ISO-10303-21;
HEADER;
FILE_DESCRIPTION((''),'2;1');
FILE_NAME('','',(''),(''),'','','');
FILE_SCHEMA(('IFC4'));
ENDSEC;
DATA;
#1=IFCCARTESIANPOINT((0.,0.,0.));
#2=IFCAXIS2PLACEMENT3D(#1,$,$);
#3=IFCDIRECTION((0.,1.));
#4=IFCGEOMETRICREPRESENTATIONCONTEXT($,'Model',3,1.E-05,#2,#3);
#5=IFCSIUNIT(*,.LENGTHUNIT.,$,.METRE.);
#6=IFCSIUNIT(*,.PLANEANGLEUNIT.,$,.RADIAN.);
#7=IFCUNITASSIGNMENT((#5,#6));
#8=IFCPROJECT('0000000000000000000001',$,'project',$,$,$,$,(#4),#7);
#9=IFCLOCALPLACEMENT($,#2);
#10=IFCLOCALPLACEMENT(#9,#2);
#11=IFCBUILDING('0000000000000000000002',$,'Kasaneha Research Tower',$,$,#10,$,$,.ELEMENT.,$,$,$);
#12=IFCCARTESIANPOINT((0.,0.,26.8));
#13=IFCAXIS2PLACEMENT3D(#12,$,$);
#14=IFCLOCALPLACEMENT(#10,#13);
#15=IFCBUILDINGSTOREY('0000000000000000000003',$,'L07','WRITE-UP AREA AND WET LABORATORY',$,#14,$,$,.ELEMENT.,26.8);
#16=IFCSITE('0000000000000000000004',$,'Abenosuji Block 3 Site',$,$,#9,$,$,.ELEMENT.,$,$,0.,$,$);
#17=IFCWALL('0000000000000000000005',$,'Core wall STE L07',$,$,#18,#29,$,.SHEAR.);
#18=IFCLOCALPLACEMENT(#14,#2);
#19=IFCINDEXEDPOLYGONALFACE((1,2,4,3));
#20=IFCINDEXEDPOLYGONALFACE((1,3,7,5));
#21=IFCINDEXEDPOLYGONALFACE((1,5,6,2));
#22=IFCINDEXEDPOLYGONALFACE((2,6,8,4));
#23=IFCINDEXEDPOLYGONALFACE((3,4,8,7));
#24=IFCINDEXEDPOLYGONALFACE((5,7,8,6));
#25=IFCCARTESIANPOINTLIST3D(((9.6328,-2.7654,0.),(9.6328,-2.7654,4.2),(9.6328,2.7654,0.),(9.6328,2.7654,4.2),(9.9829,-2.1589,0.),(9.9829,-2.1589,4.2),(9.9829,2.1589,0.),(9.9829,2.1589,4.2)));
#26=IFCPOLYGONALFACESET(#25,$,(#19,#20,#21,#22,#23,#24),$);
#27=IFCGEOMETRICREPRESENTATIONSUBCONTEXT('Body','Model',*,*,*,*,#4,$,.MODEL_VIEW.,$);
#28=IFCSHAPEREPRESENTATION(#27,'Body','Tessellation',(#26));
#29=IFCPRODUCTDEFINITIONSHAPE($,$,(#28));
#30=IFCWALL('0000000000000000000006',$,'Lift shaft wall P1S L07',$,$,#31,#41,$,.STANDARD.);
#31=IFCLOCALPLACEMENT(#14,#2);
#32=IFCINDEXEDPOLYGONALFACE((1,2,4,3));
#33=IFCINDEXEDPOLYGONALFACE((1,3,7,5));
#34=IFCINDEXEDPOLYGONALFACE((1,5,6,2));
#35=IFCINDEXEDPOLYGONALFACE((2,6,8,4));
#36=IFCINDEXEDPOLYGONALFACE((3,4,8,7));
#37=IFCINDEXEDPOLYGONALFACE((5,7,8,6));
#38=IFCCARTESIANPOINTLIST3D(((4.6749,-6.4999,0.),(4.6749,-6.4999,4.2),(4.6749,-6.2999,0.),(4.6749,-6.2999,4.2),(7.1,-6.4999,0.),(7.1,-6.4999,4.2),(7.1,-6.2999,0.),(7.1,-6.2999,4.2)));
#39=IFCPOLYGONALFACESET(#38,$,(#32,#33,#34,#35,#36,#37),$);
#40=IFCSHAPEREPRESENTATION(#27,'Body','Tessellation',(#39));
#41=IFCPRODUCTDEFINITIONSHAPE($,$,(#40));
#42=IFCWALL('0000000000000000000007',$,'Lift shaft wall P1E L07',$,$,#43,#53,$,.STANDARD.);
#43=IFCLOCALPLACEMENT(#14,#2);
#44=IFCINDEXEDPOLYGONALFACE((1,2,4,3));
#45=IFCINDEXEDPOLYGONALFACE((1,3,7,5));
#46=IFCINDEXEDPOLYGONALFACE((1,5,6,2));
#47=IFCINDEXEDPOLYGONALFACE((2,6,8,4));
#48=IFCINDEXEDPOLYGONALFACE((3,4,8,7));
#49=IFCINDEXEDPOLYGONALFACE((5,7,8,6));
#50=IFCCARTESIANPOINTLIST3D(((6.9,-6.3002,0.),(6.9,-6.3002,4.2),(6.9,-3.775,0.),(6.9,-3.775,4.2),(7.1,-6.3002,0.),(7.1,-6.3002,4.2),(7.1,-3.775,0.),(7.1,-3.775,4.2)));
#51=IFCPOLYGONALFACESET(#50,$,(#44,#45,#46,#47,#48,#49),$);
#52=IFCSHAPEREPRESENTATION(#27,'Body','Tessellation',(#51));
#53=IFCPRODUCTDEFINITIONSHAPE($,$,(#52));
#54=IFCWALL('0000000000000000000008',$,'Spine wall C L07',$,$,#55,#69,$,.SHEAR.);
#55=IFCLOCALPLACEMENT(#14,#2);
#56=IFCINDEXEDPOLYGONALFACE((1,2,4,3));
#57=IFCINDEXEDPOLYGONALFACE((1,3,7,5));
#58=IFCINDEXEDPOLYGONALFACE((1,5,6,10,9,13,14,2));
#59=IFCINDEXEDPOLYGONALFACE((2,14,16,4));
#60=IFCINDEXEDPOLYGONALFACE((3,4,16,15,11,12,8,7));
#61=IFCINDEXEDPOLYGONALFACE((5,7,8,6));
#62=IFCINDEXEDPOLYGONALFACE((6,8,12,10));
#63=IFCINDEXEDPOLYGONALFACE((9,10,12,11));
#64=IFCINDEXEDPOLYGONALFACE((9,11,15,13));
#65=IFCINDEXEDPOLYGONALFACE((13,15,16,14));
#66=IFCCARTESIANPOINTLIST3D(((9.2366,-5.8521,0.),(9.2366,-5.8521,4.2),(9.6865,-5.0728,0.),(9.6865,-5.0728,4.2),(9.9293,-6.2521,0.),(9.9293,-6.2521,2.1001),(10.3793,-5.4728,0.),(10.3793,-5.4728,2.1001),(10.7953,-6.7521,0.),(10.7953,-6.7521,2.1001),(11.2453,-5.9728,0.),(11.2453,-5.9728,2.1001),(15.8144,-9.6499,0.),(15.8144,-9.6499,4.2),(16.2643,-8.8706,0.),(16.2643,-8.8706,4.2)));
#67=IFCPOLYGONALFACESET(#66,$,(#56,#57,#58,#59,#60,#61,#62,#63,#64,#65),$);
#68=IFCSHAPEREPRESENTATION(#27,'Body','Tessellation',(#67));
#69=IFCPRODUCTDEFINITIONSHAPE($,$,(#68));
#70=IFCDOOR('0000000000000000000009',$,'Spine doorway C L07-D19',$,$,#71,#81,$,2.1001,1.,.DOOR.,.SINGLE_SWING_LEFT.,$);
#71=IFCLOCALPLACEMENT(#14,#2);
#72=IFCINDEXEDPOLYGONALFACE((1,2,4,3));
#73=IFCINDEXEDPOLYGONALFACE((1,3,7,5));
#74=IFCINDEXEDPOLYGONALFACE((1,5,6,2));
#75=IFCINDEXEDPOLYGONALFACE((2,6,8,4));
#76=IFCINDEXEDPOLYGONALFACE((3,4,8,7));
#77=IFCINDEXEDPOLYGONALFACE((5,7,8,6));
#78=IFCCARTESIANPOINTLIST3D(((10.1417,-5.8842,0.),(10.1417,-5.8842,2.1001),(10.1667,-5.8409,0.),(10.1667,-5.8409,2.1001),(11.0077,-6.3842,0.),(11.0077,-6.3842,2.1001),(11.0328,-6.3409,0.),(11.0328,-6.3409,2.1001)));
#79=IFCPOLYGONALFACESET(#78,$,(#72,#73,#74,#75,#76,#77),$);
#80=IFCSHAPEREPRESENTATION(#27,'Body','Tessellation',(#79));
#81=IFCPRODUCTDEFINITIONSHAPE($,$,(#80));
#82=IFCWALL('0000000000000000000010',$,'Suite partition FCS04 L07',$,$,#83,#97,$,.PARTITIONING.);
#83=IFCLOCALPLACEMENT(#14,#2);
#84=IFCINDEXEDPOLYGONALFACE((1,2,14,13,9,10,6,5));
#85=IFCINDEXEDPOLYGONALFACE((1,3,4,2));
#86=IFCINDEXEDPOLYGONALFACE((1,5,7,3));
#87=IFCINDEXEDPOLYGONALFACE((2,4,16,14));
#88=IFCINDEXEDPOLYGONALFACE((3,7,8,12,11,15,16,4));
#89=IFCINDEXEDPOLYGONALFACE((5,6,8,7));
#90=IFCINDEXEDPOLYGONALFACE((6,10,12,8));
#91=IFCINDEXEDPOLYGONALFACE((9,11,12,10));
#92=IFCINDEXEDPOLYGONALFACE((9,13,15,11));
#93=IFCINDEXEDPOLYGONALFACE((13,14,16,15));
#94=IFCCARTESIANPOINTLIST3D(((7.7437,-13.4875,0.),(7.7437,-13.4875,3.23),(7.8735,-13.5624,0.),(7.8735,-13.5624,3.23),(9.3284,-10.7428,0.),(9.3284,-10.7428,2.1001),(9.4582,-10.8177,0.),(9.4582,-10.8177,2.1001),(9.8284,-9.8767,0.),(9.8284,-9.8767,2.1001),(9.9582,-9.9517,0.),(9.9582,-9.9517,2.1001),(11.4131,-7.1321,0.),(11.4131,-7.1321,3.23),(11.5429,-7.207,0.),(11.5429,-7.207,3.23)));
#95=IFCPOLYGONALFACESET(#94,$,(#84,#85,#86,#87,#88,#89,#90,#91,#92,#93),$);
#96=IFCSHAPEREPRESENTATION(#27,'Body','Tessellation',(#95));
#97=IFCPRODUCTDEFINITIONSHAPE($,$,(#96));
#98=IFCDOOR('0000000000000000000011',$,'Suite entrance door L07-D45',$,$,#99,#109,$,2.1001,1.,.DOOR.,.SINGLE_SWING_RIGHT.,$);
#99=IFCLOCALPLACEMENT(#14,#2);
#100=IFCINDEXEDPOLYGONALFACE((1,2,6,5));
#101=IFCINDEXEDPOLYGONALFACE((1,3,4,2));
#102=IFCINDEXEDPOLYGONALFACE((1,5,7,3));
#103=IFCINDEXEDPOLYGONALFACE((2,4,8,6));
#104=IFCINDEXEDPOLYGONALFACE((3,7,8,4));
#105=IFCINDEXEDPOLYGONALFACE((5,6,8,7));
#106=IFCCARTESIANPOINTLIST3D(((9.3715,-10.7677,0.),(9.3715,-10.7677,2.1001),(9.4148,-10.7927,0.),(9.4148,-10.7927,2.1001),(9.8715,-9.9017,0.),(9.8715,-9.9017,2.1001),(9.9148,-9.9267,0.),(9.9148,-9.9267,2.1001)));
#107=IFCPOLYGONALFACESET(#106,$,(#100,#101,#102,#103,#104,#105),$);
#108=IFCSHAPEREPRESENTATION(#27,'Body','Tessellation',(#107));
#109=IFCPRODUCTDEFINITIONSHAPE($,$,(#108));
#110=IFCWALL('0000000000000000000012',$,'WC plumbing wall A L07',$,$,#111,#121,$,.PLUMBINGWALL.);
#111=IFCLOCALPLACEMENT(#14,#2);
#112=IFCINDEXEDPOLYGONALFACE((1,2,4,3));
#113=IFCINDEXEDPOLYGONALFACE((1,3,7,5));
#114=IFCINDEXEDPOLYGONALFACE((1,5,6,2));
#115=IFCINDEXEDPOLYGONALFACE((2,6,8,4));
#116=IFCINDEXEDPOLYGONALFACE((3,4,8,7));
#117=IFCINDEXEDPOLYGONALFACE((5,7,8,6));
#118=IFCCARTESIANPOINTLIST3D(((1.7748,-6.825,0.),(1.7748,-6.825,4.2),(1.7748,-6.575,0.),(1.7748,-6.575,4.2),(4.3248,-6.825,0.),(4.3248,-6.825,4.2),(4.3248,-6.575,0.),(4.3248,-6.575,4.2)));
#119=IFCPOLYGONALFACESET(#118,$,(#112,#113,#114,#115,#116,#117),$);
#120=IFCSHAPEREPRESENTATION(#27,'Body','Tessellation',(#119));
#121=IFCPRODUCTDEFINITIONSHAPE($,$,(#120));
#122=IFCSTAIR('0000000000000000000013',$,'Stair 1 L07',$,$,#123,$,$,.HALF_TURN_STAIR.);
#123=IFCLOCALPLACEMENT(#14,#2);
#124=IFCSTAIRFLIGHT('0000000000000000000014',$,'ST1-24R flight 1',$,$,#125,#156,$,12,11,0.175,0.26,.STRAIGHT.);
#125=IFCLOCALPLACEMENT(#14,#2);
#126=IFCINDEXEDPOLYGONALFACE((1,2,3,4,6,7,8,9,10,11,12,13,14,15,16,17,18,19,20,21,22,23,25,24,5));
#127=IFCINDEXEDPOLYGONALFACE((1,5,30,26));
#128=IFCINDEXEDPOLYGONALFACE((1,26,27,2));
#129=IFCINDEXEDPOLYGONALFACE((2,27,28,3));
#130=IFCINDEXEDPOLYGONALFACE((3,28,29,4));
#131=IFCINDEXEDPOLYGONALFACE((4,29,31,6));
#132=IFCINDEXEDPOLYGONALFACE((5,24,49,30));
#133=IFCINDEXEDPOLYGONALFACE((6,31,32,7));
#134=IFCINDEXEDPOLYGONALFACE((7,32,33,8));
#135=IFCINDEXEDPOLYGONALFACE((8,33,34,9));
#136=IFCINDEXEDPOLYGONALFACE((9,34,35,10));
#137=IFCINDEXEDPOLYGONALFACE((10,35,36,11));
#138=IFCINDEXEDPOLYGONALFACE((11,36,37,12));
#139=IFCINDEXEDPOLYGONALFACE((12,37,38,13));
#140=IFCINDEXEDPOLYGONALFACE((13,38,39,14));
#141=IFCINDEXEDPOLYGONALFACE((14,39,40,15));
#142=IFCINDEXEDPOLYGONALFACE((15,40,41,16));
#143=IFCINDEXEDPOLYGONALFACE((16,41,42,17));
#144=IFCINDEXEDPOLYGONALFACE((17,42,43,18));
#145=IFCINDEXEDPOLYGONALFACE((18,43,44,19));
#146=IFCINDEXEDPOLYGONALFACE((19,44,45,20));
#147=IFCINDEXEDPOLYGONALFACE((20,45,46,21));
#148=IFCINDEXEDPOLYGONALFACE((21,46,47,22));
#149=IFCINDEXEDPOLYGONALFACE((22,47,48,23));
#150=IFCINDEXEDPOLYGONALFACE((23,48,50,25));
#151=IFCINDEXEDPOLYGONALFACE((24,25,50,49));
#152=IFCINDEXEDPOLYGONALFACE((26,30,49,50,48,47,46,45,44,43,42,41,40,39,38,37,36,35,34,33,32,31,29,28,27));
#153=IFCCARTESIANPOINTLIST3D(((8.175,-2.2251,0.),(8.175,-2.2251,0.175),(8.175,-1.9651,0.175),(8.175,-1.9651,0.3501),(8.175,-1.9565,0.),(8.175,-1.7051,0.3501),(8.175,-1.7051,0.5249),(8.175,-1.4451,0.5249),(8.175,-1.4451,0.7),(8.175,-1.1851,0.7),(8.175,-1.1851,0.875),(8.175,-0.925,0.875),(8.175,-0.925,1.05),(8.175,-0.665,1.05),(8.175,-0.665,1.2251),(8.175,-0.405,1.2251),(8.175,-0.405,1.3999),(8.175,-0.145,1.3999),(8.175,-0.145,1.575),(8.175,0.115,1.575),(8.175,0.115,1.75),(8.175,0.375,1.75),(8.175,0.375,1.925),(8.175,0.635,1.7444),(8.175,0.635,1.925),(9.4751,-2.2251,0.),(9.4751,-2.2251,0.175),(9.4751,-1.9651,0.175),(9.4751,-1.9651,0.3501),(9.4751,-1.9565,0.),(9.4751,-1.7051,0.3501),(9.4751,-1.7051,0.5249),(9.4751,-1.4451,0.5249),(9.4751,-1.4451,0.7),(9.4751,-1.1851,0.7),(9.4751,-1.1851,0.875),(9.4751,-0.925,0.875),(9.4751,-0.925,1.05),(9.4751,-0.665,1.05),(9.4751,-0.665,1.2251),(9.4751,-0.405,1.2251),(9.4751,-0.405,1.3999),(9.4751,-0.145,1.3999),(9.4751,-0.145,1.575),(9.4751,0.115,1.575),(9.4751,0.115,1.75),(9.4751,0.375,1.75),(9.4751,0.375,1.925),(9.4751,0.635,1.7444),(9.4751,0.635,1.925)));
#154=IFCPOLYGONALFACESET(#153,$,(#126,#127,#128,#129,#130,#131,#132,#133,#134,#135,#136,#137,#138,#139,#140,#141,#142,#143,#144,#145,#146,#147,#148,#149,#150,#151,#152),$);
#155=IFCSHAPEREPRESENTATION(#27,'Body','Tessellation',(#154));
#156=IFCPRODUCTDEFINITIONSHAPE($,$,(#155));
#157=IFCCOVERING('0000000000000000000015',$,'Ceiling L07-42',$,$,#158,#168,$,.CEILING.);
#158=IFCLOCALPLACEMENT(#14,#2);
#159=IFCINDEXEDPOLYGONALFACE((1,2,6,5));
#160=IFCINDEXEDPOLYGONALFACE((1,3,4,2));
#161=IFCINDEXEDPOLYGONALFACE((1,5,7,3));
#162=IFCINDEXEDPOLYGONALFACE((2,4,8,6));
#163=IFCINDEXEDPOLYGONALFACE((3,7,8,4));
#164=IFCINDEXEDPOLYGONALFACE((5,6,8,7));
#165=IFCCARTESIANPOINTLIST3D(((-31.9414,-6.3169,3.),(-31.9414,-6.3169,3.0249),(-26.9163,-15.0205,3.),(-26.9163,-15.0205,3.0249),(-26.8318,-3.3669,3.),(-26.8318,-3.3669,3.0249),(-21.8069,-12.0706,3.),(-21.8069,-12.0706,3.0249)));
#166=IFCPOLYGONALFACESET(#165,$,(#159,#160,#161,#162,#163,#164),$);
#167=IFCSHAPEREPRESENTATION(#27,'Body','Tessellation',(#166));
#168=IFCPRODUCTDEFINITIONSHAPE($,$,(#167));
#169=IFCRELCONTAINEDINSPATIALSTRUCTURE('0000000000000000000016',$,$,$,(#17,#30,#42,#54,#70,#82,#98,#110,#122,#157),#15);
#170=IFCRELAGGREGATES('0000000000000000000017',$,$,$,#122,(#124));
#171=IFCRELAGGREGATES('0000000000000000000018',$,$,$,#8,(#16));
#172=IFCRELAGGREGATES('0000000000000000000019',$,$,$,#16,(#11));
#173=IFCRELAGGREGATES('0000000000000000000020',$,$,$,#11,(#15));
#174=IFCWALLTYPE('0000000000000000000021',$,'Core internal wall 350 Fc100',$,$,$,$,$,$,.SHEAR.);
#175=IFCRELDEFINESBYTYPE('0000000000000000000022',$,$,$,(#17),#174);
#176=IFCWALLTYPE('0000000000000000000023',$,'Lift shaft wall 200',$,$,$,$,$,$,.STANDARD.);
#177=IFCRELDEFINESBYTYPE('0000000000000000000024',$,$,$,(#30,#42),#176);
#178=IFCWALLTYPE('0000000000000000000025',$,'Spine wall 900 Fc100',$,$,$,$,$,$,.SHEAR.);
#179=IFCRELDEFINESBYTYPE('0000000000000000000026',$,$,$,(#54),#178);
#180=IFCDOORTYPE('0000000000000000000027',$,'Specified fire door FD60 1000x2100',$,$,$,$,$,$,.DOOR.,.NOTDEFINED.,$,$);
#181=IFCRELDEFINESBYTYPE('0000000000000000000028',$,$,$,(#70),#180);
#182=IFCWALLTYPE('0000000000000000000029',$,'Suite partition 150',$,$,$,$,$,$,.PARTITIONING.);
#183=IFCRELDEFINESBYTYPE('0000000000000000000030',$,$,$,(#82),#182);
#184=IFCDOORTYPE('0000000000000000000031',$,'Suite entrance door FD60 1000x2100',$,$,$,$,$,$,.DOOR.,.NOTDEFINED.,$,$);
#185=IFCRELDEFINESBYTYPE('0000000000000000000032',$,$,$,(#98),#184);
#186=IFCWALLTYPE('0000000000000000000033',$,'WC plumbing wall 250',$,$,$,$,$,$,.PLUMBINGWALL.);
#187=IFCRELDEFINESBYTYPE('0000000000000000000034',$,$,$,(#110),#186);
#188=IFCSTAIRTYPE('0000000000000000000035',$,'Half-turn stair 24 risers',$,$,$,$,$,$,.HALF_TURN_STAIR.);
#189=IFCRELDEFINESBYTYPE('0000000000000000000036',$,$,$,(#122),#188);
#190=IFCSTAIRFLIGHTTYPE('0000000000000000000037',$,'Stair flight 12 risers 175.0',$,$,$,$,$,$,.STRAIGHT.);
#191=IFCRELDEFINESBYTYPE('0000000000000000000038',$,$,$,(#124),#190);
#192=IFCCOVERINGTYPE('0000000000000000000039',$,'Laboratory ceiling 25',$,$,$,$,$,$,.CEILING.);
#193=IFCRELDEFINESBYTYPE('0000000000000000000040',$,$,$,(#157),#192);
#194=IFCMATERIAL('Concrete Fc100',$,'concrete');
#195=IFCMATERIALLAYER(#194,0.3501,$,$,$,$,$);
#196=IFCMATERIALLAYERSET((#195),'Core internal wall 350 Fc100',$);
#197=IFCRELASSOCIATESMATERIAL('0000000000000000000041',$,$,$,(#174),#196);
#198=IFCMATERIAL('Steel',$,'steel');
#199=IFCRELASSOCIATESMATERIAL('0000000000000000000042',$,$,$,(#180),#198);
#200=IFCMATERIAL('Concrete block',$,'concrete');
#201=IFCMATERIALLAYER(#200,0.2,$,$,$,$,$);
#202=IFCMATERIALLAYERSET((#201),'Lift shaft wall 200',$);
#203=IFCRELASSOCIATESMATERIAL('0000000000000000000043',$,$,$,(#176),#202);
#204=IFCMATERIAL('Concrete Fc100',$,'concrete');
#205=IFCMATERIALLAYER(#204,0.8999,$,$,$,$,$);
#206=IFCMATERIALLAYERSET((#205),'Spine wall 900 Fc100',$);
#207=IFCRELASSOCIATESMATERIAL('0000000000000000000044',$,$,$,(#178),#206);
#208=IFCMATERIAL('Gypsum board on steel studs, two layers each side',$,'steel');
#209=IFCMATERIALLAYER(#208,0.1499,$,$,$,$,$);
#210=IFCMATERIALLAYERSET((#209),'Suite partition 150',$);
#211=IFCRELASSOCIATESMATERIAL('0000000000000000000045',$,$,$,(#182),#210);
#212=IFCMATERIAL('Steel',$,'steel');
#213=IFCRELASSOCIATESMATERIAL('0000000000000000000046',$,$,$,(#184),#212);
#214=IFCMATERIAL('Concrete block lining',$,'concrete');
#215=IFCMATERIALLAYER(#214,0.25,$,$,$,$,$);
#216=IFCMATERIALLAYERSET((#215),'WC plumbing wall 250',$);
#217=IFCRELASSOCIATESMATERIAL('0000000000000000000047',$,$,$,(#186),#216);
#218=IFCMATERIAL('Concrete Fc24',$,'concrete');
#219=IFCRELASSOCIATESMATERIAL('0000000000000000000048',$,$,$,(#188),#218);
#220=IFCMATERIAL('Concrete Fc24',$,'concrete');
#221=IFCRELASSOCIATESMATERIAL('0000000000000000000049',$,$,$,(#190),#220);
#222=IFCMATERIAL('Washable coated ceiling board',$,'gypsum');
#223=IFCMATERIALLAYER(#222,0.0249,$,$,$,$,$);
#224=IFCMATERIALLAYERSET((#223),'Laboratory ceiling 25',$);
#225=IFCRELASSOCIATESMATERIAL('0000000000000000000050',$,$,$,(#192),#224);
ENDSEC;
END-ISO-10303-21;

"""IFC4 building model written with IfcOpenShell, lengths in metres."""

from ifc_helpers import new_model, si_unit, direction, frame, frame_2d, origin, place, context, subcontext, project, spatial, polyline, rectangle, outline, extrude, material, layer, layer_set, type_object, element, fill, aggregate, save


model = new_model("IFC4")

# Units and contexts
model_context = context("Model", 3, precision=1e-05, world=origin(), true_north=direction((0.0, 1.0)))
body_context = subcontext(model_context, "Body", "Model", "MODEL_VIEW")
ifc_project = project(units=[si_unit("LENGTHUNIT", "METRE"), si_unit("PLANEANGLEUNIT", "RADIAN")], contexts=[model_context])

# Site, building, storey
site_placement = place(None, origin())
site = spatial("IfcSite", under=ifc_project, at=site_placement, Name="Abenosuji Block 3 Site", CompositionType="ELEMENT", RefElevation=0.0)
building_placement = place(site_placement, origin())
building = spatial("IfcBuilding", under=site, at=building_placement, Name="Kasaneha Research Tower", CompositionType="ELEMENT")
storey_placement = place(building_placement, frame((0.0, 0.0, 26.8)))
storey = spatial("IfcBuildingStorey", under=building, at=storey_placement, Name="L07", Description="WRITE-UP AREA AND WET LABORATORY", CompositionType="ELEMENT", Elevation=26.8)

# Shared definitions
ifc_material_1 = material(Name="Concrete Fc100", Category="concrete")
ifc_layer_1 = layer(ifc_material_1, 0.3501)
ifc_layer_set_1 = layer_set([ifc_layer_1], Name="Core internal wall 350 Fc100")
wall_type_1 = type_object("IfcWallType", Name="Core internal wall 350 Fc100", PredefinedType="SHEAR", material=ifc_layer_set_1)
ifc_material_2 = material(Name="Steel", Category="steel")
door_type_1 = type_object("IfcDoorType", Name="Specified fire door FD60 1000x2100", OperationType="NOTDEFINED", PredefinedType="DOOR", material=ifc_material_2)

# Walls
wall_1_placement = place(storey_placement, frame((9.8079, -2.4622, 0.0), z_axis=(0.0, 0.0, 1.0), x_axis=(0.0, 1.0, 0.0)))
element("IfcWall", 1, at=wall_1_placement, inside=storey, type_object=wall_type_1, Name="Core wall STE L07", PredefinedType="SHEAR", context=body_context, shape_type="SweptSolid", body=[
    extrude(outline(polyline([(0.3032, -0.175), (4.6211, -0.175), (5.2275, 0.175), (-0.3032, 0.175), (0.3032, -0.175)])), origin(), (0.0, 0.0, 1.0), 4.2),
])
ifc_material_3 = material(Name="Concrete block", Category="concrete")
ifc_layer_2 = layer(ifc_material_3, 0.2)
ifc_layer_set_2 = layer_set([ifc_layer_2], Name="Lift shaft wall 200")
wall_type_2 = type_object("IfcWallType", Name="Lift shaft wall 200", PredefinedType="STANDARD", material=ifc_layer_set_2)
wall_2_placement = place(storey_placement, frame((4.675, -6.3999, 0.0), z_axis=(0.0, 0.0, 1.0), x_axis=(1.0, 0.0, 0.0)))
element("IfcWall", 2, at=wall_2_placement, inside=storey, type_object=wall_type_2, Name="Lift shaft wall P1S L07", PredefinedType="STANDARD", context=body_context, shape_type="SweptSolid", body=[
    extrude(rectangle(XDim=2.425, YDim=0.2, at=frame_2d((1.2124, 0.0))), origin(), (0.0, 0.0, 1.0), 4.2),
])
wall_3_placement = place(storey_placement, frame((7.0, -3.7749, 0.0), z_axis=(0.0, 0.0, 1.0), x_axis=(0.0, -1.0, 0.0)))
element("IfcWall", 3, at=wall_3_placement, inside=storey, type_object=wall_type_2, Name="Lift shaft wall P1E L07", PredefinedType="STANDARD", context=body_context, shape_type="SweptSolid", body=[
    extrude(rectangle(XDim=2.5251, YDim=0.2, at=frame_2d((1.2627, 0.0))), origin(), (0.0, 0.0, 1.0), 4.2),
])

# Walls, openings, doors
ifc_material_4 = material(Name="Concrete Fc100", Category="concrete")
ifc_layer_3 = layer(ifc_material_4, 0.8999)
ifc_layer_set_3 = layer_set([ifc_layer_3], Name="Spine wall 900 Fc100")
wall_type_3 = type_object("IfcWallType", Name="Spine wall 900 Fc100", PredefinedType="SHEAR", material=ifc_layer_set_3)
wall_4_placement = place(storey_placement, frame((9.4614, -5.4624, 0.0), z_axis=(0.0, 0.0, 1.0), x_axis=(0.866019, -0.500011, 0.0)))
wall_4 = element("IfcWall", 4, at=wall_4_placement, inside=storey, type_object=wall_type_3, Name="Spine wall C L07", PredefinedType="SHEAR", context=body_context, shape_type="SweptSolid", body=[
    extrude(rectangle(XDim=7.5955, YDim=0.8999, at=frame_2d((3.7979, 0.0))), origin(), (0.0, 0.0, 1.0), 4.2),
])
opening_1_placement = place(wall_4_placement, frame((0.8, 0.0, 0.0)))
opening_1 = element("IfcOpeningElement", 5, at=opening_1_placement, cuts=wall_4, PredefinedType="OPENING", context=body_context, shape_type="SweptSolid", body=[
    extrude(rectangle(XDim=1.0, YDim=2.1001, at=frame_2d((0.5, 1.05))), frame((0.0, 0.46, 0.0), z_axis=(0.0, -1.0, 0.0), x_axis=(1.0, 0.0, 0.0)), (0.0, 0.0, 1.0), 0.9199),
])
door_1_placement = place(opening_1_placement, origin())
door_1 = element("IfcDoor", 6, at=door_1_placement, inside=storey, type_object=door_type_1, Name="Spine doorway C L07-D19", OperationType="SINGLE_SWING_LEFT", OverallHeight=2.1001, OverallWidth=1.0, PredefinedType="DOOR", context=body_context, shape_type="SweptSolid", body=[
    extrude(rectangle(XDim=1.0, YDim=2.1001, at=frame_2d((0.5, 1.05))), frame((0.0, 0.0249, 0.0), z_axis=(0.0, -1.0, 0.0), x_axis=(1.0, 0.0, 0.0)), (0.0, 0.0, 1.0), 0.05),
])
fill(opening_1, door_1)
ifc_material_5 = material(Name="Gypsum board on steel studs, two layers each side", Category="steel")
ifc_layer_4 = layer(ifc_material_5, 0.1499)
ifc_layer_set_4 = layer_set([ifc_layer_4], Name="Suite partition 150")
wall_type_4 = type_object("IfcWallType", Name="Suite partition 150", PredefinedType="PARTITIONING", material=ifc_layer_set_4)
wall_5_placement = place(storey_placement, frame((11.478, -7.1694, 0.0), z_axis=(0.0, 0.0, 1.0), x_axis=(-0.50001, -0.866019, 0.0)))
wall_5 = element("IfcWall", 7, at=wall_5_placement, inside=storey, type_object=wall_type_4, Name="Suite partition FCS04 L07", PredefinedType="PARTITIONING", context=body_context, shape_type="SweptSolid", body=[
    extrude(rectangle(XDim=7.3386, YDim=0.1499, at=frame_2d((3.6694, 0.0))), origin(), (0.0, 0.0, 1.0), 3.23),
])
opening_2_placement = place(wall_5_placement, frame((3.1694, 0.0, 0.0)))
opening_2 = element("IfcOpeningElement", 8, at=opening_2_placement, cuts=wall_5, PredefinedType="OPENING", context=body_context, shape_type="SweptSolid", body=[
    extrude(rectangle(XDim=1.0, YDim=2.1001, at=frame_2d((0.5, 1.05))), frame((0.0, 0.085, 0.0), z_axis=(0.0, -1.0, 0.0), x_axis=(1.0, 0.0, 0.0)), (0.0, 0.0, 1.0), 0.1699),
])
ifc_material_6 = material(Name="Steel", Category="steel")
door_type_2 = type_object("IfcDoorType", Name="Suite entrance door FD60 1000x2100", OperationType="NOTDEFINED", PredefinedType="DOOR", material=ifc_material_6)
door_2_placement = place(opening_2_placement, origin())
door_2 = element("IfcDoor", 9, at=door_2_placement, inside=storey, type_object=door_type_2, Name="Suite entrance door L07-D45", OperationType="SINGLE_SWING_RIGHT", OverallHeight=2.1001, OverallWidth=1.0, PredefinedType="DOOR", context=body_context, shape_type="SweptSolid", body=[
    extrude(rectangle(XDim=1.0, YDim=2.1001, at=frame_2d((0.5, 1.05))), frame((0.0, 0.0249, 0.0), z_axis=(0.0, -1.0, 0.0), x_axis=(1.0, 0.0, 0.0)), (0.0, 0.0, 1.0), 0.05),
])
fill(opening_2, door_2)

# Wall
ifc_material_7 = material(Name="Concrete block lining", Category="concrete")
ifc_layer_5 = layer(ifc_material_7, 0.25)
ifc_layer_set_5 = layer_set([ifc_layer_5], Name="WC plumbing wall 250")
wall_type_5 = type_object("IfcWallType", Name="WC plumbing wall 250", PredefinedType="PLUMBINGWALL", material=ifc_layer_set_5)
wall_6_placement = place(storey_placement, frame((1.7749, -6.7, 0.0), z_axis=(0.0, 0.0, 1.0), x_axis=(1.0, 0.0, 0.0)))
element("IfcWall", 10, at=wall_6_placement, inside=storey, type_object=wall_type_5, Name="WC plumbing wall A L07", PredefinedType="PLUMBINGWALL", context=body_context, shape_type="SweptSolid", body=[
    extrude(rectangle(XDim=2.55, YDim=0.25, at=frame_2d((1.2749, 0.0))), origin(), (0.0, 0.0, 1.0), 4.2),
])

# Stair, stair flight
ifc_material_8 = material(Name="Concrete Fc24", Category="concrete")
stair_type = type_object("IfcStairType", Name="Half-turn stair 24 risers", PredefinedType="HALF_TURN_STAIR", material=ifc_material_8)
stair_placement = place(storey_placement, origin())
stair = element("IfcStair", 11, at=stair_placement, inside=storey, type_object=stair_type, Name="Stair 1 L07", PredefinedType="HALF_TURN_STAIR")
ifc_material_9 = material(Name="Concrete Fc24", Category="concrete")
stair_flight_type = type_object("IfcStairFlightType", Name="Stair flight 12 risers 175.0", PredefinedType="STRAIGHT", material=ifc_material_9)
stair_flight_placement = place(storey_placement, frame((8.825, -2.2251, 0.0), z_axis=(0.0, 0.0, 1.0), x_axis=(0.0, 1.0, 0.0)))
stair_flight = element("IfcStairFlight", 12, at=stair_flight_placement, type_object=stair_flight_type, Name="ST1-24R flight 1", NumberOfRisers=12, NumberOfTreads=11, PredefinedType="STRAIGHT", RiserHeight=0.175, TreadLength=0.26, context=body_context, shape_type="SweptSolid", body=[
    extrude(outline(polyline([(0.0, 0.0), (0.0, 0.175), (0.26, 0.175), (0.26, 0.3501), (0.52, 0.3501), (0.52, 0.5249), (0.78, 0.5249), (0.78, 0.7), (1.04, 0.7), (1.04, 0.875), (1.3, 0.875), (1.3, 1.05), (1.5601, 1.05), (1.5601, 1.2251), (1.8201, 1.2251), (1.8201, 1.3999), (2.0801, 1.3999), (2.0801, 1.575), (2.3401, 1.575), (2.3401, 1.75), (2.6001, 1.75), (2.6001, 1.925), (2.8601, 1.925), (2.8601, 2.1001), (2.8601, 1.7444), (0.2686, 0.0), (0.0, 0.0)])), frame((0.0, 0.6499, 0.0), z_axis=(0.0, -1.0, 0.0), x_axis=(1.0, 0.0, 0.0)), (0.0, 0.0, 1.0), 1.3),
])
aggregate(stair, [stair_flight])

# Covering
ifc_material_10 = material(Name="Washable coated ceiling board", Category="gypsum")
ifc_layer_6 = layer(ifc_material_10, 0.0249)
ifc_layer_set_6 = layer_set([ifc_layer_6], Name="Laboratory ceiling 25")
covering_type = type_object("IfcCoveringType", Name="Laboratory ceiling 25", PredefinedType="CEILING", material=ifc_layer_set_6)
covering_1_placement = place(storey_placement, frame((0.0, 0.0, 3.0)))
element("IfcCovering", 13, at=covering_1_placement, inside=storey, type_object=covering_type, Name="Ceiling L07-42", PredefinedType="CEILING", context=body_context, shape_type="SweptSolid", body=[
    extrude(outline(polyline([(-31.9414, -6.3169), (-26.8318, -3.3669), (-21.8069, -12.0706), (-26.9163, -15.0205), (-31.9414, -6.3169)])), origin(), (0.0, 0.0, 1.0), 0.0249),
])

save(model, "model.ifc")
